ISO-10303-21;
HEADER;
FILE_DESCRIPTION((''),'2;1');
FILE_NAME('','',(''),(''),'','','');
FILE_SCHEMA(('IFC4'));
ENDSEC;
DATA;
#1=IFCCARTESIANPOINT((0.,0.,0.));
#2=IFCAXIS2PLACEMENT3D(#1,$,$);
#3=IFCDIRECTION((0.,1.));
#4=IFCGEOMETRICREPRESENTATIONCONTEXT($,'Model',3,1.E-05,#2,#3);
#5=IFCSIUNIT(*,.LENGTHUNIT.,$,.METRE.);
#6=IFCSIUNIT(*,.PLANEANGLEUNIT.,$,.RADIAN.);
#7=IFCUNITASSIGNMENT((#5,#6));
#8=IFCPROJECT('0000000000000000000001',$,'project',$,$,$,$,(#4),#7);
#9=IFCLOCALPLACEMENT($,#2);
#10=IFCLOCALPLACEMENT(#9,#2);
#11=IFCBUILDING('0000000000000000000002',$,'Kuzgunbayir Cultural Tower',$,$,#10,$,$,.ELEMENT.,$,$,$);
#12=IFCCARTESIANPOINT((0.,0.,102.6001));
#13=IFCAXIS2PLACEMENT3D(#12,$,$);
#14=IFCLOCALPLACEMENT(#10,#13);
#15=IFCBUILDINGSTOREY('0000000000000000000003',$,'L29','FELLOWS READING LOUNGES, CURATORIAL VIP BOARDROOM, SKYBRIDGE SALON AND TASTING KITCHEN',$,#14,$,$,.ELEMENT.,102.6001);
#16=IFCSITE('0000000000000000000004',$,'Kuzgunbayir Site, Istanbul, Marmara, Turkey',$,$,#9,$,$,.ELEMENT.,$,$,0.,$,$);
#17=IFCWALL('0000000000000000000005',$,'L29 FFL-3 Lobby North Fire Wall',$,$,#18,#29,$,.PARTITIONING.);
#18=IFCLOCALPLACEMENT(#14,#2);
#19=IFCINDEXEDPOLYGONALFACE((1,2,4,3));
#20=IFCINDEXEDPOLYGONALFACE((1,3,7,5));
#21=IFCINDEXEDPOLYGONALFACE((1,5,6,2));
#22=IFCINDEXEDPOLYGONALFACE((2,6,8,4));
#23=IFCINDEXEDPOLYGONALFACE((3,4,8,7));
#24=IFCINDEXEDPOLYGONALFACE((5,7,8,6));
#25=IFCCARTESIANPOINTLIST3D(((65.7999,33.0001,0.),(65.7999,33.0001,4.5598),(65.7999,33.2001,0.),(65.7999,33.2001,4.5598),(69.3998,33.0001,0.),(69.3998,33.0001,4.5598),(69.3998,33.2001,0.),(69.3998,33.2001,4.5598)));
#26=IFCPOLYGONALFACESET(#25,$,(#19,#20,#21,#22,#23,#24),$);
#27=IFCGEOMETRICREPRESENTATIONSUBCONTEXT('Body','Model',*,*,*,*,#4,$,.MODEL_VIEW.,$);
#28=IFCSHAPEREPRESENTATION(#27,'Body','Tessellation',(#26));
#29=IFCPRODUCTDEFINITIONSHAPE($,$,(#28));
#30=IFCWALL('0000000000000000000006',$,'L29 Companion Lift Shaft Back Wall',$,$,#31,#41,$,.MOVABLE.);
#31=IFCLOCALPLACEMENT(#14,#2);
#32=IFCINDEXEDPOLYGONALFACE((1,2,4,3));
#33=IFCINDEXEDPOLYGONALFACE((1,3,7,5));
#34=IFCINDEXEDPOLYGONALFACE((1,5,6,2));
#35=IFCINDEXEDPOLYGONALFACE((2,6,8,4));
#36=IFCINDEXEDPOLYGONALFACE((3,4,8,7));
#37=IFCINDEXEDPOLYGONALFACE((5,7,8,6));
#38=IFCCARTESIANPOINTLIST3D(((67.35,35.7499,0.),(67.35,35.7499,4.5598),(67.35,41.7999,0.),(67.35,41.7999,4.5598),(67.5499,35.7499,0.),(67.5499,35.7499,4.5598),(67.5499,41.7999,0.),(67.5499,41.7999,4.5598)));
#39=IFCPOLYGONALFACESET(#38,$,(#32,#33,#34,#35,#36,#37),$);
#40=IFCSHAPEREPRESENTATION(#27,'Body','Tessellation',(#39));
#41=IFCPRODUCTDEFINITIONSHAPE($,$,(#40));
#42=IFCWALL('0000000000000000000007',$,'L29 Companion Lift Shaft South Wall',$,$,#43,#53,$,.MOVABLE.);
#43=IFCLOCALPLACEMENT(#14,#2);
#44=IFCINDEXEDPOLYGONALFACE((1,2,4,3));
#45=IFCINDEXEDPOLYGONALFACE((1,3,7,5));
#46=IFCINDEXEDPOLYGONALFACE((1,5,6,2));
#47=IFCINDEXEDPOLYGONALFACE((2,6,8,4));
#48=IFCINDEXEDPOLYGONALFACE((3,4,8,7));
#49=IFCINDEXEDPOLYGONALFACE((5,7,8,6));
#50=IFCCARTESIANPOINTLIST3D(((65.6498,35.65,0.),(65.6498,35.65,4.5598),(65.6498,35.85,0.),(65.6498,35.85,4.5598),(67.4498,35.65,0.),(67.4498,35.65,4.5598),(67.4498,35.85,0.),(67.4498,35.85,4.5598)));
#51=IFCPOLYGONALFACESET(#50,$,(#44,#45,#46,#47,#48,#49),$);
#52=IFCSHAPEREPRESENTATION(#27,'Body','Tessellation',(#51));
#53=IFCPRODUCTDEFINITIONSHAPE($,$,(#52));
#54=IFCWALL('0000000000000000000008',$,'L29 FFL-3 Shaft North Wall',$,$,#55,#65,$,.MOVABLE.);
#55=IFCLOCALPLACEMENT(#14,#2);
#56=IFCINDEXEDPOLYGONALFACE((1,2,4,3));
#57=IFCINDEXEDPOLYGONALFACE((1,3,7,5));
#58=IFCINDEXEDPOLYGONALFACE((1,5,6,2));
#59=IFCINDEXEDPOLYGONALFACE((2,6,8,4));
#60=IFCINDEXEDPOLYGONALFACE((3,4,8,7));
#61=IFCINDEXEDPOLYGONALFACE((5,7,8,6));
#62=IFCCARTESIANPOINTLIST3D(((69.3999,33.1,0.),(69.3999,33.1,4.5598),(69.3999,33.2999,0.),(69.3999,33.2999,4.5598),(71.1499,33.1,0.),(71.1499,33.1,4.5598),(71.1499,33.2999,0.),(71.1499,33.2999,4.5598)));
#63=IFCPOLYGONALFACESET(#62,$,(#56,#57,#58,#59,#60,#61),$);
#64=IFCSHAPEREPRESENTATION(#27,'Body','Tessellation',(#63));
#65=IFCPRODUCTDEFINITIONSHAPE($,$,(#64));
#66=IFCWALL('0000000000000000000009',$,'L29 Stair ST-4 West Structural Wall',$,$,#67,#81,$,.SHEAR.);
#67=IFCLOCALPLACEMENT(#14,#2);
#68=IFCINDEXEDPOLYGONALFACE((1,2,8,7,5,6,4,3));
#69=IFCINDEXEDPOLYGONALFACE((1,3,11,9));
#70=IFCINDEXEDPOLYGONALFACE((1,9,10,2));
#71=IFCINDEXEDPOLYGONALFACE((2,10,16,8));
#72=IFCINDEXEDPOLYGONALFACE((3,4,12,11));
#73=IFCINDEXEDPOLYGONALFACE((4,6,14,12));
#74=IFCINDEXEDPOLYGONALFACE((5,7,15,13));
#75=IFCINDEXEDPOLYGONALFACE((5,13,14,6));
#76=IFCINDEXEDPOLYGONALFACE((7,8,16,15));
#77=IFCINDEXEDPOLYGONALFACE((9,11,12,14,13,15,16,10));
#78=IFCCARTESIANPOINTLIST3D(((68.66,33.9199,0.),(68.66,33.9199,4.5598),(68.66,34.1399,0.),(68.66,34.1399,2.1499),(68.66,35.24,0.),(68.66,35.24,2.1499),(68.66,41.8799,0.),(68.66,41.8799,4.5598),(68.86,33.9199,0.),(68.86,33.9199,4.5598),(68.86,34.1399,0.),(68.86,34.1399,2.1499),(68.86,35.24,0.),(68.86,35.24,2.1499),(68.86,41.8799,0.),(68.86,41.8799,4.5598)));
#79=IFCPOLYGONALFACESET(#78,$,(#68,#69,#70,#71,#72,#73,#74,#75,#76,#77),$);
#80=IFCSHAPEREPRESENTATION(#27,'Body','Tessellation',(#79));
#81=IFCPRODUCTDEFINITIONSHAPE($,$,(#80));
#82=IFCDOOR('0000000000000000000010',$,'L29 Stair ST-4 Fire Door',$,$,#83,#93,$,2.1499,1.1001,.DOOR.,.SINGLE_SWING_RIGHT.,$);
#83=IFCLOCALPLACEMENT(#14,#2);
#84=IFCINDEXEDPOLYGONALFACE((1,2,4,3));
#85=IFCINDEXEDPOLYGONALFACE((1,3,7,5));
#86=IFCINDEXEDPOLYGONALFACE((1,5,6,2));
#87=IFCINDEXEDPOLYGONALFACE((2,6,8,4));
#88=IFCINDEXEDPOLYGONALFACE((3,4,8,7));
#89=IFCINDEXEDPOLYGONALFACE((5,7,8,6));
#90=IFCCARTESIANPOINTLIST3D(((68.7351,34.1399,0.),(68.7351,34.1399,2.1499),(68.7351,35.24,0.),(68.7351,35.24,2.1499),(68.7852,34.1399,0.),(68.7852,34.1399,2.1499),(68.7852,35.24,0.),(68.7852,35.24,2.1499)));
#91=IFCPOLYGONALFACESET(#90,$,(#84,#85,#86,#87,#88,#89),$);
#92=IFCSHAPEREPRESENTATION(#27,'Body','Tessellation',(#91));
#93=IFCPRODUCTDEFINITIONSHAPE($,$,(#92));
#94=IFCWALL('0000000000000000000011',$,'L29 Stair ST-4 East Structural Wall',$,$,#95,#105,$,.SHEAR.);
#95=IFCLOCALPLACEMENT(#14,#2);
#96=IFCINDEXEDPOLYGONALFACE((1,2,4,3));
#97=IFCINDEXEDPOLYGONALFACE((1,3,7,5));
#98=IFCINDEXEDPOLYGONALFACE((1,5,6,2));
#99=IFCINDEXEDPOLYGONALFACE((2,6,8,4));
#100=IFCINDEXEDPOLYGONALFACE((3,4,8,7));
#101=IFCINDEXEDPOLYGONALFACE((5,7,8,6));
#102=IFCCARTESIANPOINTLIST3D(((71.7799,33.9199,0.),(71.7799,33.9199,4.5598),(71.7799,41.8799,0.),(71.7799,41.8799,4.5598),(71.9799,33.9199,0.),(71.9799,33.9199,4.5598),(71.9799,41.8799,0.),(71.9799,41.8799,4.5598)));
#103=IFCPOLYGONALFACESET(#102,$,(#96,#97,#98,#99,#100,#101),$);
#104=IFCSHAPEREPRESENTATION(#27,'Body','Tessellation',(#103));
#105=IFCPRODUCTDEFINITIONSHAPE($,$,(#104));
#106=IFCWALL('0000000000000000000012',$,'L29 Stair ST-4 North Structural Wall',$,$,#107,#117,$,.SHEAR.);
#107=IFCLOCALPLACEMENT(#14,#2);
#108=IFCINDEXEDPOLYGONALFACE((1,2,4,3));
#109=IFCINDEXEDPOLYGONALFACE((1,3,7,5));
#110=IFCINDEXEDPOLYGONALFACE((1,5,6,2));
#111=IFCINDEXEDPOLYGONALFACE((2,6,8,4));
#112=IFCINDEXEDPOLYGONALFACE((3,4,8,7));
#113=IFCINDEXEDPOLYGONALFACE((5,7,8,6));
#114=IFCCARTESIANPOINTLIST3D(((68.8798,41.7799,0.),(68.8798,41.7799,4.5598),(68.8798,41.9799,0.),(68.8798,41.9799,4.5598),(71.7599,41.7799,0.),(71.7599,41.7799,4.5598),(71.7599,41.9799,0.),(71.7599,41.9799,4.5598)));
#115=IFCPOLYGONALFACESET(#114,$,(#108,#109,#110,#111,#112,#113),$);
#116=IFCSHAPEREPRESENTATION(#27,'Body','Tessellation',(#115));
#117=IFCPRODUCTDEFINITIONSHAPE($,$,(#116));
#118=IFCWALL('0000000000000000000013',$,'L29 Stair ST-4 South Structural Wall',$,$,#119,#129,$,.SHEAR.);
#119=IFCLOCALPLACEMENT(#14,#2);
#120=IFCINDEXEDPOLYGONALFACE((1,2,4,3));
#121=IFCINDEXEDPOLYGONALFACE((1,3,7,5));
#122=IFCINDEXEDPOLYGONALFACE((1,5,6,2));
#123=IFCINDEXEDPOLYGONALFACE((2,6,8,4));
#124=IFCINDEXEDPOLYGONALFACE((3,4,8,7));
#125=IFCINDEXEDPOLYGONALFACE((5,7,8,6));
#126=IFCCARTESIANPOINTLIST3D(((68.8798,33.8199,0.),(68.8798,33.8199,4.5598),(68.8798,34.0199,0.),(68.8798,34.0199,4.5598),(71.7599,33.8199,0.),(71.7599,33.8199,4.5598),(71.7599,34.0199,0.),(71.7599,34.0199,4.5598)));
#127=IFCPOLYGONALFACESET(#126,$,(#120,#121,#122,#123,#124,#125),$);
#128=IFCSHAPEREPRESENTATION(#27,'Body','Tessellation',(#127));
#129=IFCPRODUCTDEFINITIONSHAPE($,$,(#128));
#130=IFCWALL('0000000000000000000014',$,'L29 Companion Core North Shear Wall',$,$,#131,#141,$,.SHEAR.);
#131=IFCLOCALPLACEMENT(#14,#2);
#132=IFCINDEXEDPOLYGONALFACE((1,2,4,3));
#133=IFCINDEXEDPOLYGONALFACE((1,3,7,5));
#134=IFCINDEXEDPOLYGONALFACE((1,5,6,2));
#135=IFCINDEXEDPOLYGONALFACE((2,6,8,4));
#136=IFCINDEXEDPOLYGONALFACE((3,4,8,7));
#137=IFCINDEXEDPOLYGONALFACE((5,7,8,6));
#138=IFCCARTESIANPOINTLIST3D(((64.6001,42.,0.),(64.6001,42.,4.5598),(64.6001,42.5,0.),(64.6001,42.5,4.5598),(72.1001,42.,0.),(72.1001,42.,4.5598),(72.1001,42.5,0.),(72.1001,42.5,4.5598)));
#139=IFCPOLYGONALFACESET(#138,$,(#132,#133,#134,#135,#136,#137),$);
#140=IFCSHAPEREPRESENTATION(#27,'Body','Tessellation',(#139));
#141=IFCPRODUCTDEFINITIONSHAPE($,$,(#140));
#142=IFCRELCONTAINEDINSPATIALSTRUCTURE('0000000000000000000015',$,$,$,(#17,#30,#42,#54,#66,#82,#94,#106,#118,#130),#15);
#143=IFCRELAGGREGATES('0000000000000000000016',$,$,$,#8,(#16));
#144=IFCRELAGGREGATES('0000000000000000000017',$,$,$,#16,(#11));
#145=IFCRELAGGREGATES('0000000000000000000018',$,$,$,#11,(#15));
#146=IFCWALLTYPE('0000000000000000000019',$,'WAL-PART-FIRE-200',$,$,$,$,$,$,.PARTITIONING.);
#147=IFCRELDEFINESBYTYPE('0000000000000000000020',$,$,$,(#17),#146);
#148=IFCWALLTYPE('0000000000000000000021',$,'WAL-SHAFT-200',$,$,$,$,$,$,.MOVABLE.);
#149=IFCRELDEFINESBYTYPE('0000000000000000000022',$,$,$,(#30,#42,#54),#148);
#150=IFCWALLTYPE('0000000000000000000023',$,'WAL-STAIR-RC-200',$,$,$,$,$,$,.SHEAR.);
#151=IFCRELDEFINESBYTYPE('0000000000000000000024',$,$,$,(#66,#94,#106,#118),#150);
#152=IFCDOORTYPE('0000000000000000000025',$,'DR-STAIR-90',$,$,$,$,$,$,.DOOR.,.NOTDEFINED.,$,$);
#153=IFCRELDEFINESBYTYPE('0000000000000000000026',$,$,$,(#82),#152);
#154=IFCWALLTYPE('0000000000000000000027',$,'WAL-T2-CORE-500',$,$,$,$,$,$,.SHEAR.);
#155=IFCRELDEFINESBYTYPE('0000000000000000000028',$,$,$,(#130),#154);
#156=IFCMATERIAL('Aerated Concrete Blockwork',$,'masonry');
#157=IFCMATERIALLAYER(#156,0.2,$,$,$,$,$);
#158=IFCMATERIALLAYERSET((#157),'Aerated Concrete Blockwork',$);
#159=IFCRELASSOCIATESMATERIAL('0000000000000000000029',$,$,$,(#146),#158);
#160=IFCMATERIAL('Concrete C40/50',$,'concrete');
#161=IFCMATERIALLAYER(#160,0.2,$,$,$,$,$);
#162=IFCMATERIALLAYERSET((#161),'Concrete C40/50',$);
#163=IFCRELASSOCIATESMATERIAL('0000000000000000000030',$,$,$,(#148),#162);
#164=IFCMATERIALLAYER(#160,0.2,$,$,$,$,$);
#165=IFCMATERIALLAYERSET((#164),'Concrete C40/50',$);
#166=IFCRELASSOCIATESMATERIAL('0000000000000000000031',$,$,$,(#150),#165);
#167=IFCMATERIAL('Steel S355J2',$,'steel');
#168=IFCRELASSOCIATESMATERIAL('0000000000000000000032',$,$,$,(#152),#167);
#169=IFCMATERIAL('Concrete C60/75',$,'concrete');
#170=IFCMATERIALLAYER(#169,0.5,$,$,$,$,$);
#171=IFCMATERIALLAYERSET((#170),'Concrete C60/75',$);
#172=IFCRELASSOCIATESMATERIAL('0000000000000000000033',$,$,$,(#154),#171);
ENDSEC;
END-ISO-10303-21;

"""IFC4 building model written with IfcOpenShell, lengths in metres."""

from ifc_helpers import new_model, si_unit, direction, frame, frame_2d, origin, place, context, subcontext, project, spatial, rectangle, extrude, material, layer, layer_set, type_object, element, fill, save


model = new_model("IFC4")

# Units and contexts
model_context = context("Model", 3, precision=1e-05, world=origin(), true_north=direction((0.0, 1.0)))
body_context = subcontext(model_context, "Body", "Model", "MODEL_VIEW")
ifc_project = project(units=[si_unit("LENGTHUNIT", "METRE"), si_unit("PLANEANGLEUNIT", "RADIAN")], contexts=[model_context])

# Site, building, storey
site_placement = place(None, origin())
site = spatial("IfcSite", under=ifc_project, at=site_placement, Name="Kuzgunbayir Site, Istanbul, Marmara, Turkey", CompositionType="ELEMENT", RefElevation=0.0)
building_placement = place(site_placement, origin())
building = spatial("IfcBuilding", under=site, at=building_placement, Name="Kuzgunbayir Cultural Tower", CompositionType="ELEMENT")
storey_placement = place(building_placement, frame((0.0, 0.0, 102.6001)))
storey = spatial("IfcBuildingStorey", under=building, at=storey_placement, Name="L29", Description="FELLOWS READING LOUNGES, CURATORIAL VIP BOARDROOM, SKYBRIDGE SALON AND TASTING KITCHEN", CompositionType="ELEMENT", Elevation=102.6001)

# Shared definitions
ifc_material_1 = material(Name="Concrete C60/75", Category="concrete")

# Shared definitions
ifc_material_2 = material(Name="Steel S355J2", Category="steel")

# Wall
ifc_material_3 = material(Name="Aerated Concrete Blockwork", Category="masonry")
ifc_layer_1 = layer(ifc_material_3, 0.2)
ifc_layer_set_1 = layer_set([ifc_layer_1], Name="Aerated Concrete Blockwork")
wall_type_1 = type_object("IfcWallType", Name="WAL-PART-FIRE-200", PredefinedType="PARTITIONING", material=ifc_layer_set_1)
wall_1_placement = place(storey_placement, frame((65.8, 33.1001, 0.0), z_axis=(0.0, 0.0, 1.0), x_axis=(1.0, 0.0, 0.0)))
element("IfcWall", 1, at=wall_1_placement, inside=storey, type_object=wall_type_1, Name="L29 FFL-3 Lobby North Fire Wall", PredefinedType="PARTITIONING", context=body_context, shape_type="SweptSolid", body=[
    extrude(rectangle(XDim=3.5999, YDim=0.2, at=frame_2d((1.7998, 0.0))), origin(), (0.0, 0.0, 1.0), 4.5598),
])

# Shared definitions
ifc_material_4 = material(Name="Concrete C40/50", Category="concrete")
ifc_layer_2 = layer(ifc_material_4, 0.2)
ifc_layer_set_2 = layer_set([ifc_layer_2], Name="Concrete C40/50")
wall_type_2 = type_object("IfcWallType", Name="WAL-SHAFT-200", PredefinedType="MOVABLE", material=ifc_layer_set_2)

# Walls
wall_2_placement = place(storey_placement, frame((67.45, 35.75, 0.0), z_axis=(0.0, 0.0, 1.0), x_axis=(0.0, 1.0, 0.0)))
element("IfcWall", 2, at=wall_2_placement, inside=storey, type_object=wall_type_2, Name="L29 Companion Lift Shaft Back Wall", PredefinedType="MOVABLE", context=body_context, shape_type="SweptSolid", body=[
    extrude(rectangle(XDim=6.05, YDim=0.2, at=frame_2d((3.0249, 0.0))), origin(), (0.0, 0.0, 1.0), 4.5598),
])
wall_3_placement = place(storey_placement, frame((65.6499, 35.75, 0.0), z_axis=(0.0, 0.0, 1.0), x_axis=(1.0, 0.0, 0.0)))
element("IfcWall", 3, at=wall_3_placement, inside=storey, type_object=wall_type_2, Name="L29 Companion Lift Shaft South Wall", PredefinedType="MOVABLE", context=body_context, shape_type="SweptSolid", body=[
    extrude(rectangle(XDim=1.8, YDim=0.2, at=frame_2d((0.8999, 0.0))), origin(), (0.0, 0.0, 1.0), 4.5598),
])
wall_4_placement = place(storey_placement, frame((69.3999, 33.2, 0.0), z_axis=(0.0, 0.0, 1.0), x_axis=(1.0, 0.0, 0.0)))
element("IfcWall", 4, at=wall_4_placement, inside=storey, type_object=wall_type_2, Name="L29 FFL-3 Shaft North Wall", PredefinedType="MOVABLE", context=body_context, shape_type="SweptSolid", body=[
    extrude(rectangle(XDim=1.75, YDim=0.2, at=frame_2d((0.875, 0.0))), origin(), (0.0, 0.0, 1.0), 4.5598),
])

# Wall, opening, door
ifc_layer_3 = layer(ifc_material_4, 0.2)
ifc_layer_set_3 = layer_set([ifc_layer_3], Name="Concrete C40/50")
wall_type_3 = type_object("IfcWallType", Name="WAL-STAIR-RC-200", PredefinedType="SHEAR", material=ifc_layer_set_3)
wall_5_placement = place(storey_placement, frame((68.76, 33.9199, 0.0), z_axis=(0.0, 0.0, 1.0), x_axis=(0.0, 1.0, 0.0)))
wall_5 = element("IfcWall", 5, at=wall_5_placement, inside=storey, type_object=wall_type_3, Name="L29 Stair ST-4 West Structural Wall", PredefinedType="SHEAR", context=body_context, shape_type="SweptSolid", body=[
    extrude(rectangle(XDim=7.96, YDim=0.2, at=frame_2d((3.98, 0.0))), origin(), (0.0, 0.0, 1.0), 4.5598),
])
opening_1_placement = place(wall_5_placement, frame((0.22, 0.0, 0.0)))
opening_1 = element("IfcOpeningElement", 6, at=opening_1_placement, cuts=wall_5, PredefinedType="OPENING", context=body_context, shape_type="SweptSolid", body=[
    extrude(rectangle(XDim=1.1001, YDim=2.1499, at=frame_2d((0.55, 1.075))), frame((0.0, 0.1099, 0.0), z_axis=(0.0, -1.0, 0.0), x_axis=(1.0, 0.0, 0.0)), (0.0, 0.0, 1.0), 0.22),
])
door_type_1 = type_object("IfcDoorType", Name="DR-STAIR-90", OperationType="NOTDEFINED", PredefinedType="DOOR", material=ifc_material_2)
door_1_placement = place(opening_1_placement, origin())
door_1 = element("IfcDoor", 7, at=door_1_placement, inside=storey, type_object=door_type_1, Name="L29 Stair ST-4 Fire Door", OperationType="SINGLE_SWING_RIGHT", OverallHeight=2.1499, OverallWidth=1.1001, PredefinedType="DOOR", context=body_context, shape_type="SweptSolid", body=[
    extrude(rectangle(XDim=1.1001, YDim=2.1499, at=frame_2d((0.55, 1.075))), frame((0.0, 0.0249, 0.0), z_axis=(0.0, -1.0, 0.0), x_axis=(1.0, 0.0, 0.0)), (0.0, 0.0, 1.0), 0.05),
])
fill(opening_1, door_1)

# Walls
wall_6_placement = place(storey_placement, frame((71.8799, 33.9199, 0.0), z_axis=(0.0, 0.0, 1.0), x_axis=(0.0, 1.0, 0.0)))
element("IfcWall", 8, at=wall_6_placement, inside=storey, type_object=wall_type_3, Name="L29 Stair ST-4 East Structural Wall", PredefinedType="SHEAR", context=body_context, shape_type="SweptSolid", body=[
    extrude(rectangle(XDim=7.96, YDim=0.2, at=frame_2d((3.98, 0.0))), origin(), (0.0, 0.0, 1.0), 4.5598),
])
for number, where, z_axis, x_axis, name in (
    (9, (68.8799, 41.8799, 0.0), (0.0, 0.0, 1.0), (1.0, 0.0, 0.0), "L29 Stair ST-4 North Structural Wall"),
    (10, (68.8799, 33.9199, 0.0), (0.0, 0.0, 1.0), (1.0, 0.0, 0.0), "L29 Stair ST-4 South Structural Wall"),
):
    element("IfcWall", number, at=place(storey_placement, frame(where, z_axis=z_axis, x_axis=x_axis)), inside=storey, type_object=wall_type_3, Name=name, PredefinedType="SHEAR", context=body_context, shape_type="SweptSolid", body=[
        extrude(rectangle(XDim=2.8801, YDim=0.2, at=frame_2d((1.4399, 0.0))), origin(), (0.0, 0.0, 1.0), 4.5598),
    ])
ifc_layer_4 = layer(ifc_material_1, 0.5)
ifc_layer_set_4 = layer_set([ifc_layer_4], Name="Concrete C60/75")
wall_type_4 = type_object("IfcWallType", Name="WAL-T2-CORE-500", PredefinedType="SHEAR", material=ifc_layer_set_4)
wall_7_placement = place(storey_placement, frame((64.6001, 42.25, 0.0), z_axis=(0.0, 0.0, 1.0), x_axis=(1.0, 0.0, 0.0)))
element("IfcWall", 11, at=wall_7_placement, inside=storey, type_object=wall_type_4, Name="L29 Companion Core North Shear Wall", PredefinedType="SHEAR", context=body_context, shape_type="SweptSolid", body=[
    extrude(rectangle(XDim=7.5, YDim=0.5, at=frame_2d((3.75, 0.0))), origin(), (0.0, 0.0, 1.0), 4.5598),
])

save(model, "model.ifc")
